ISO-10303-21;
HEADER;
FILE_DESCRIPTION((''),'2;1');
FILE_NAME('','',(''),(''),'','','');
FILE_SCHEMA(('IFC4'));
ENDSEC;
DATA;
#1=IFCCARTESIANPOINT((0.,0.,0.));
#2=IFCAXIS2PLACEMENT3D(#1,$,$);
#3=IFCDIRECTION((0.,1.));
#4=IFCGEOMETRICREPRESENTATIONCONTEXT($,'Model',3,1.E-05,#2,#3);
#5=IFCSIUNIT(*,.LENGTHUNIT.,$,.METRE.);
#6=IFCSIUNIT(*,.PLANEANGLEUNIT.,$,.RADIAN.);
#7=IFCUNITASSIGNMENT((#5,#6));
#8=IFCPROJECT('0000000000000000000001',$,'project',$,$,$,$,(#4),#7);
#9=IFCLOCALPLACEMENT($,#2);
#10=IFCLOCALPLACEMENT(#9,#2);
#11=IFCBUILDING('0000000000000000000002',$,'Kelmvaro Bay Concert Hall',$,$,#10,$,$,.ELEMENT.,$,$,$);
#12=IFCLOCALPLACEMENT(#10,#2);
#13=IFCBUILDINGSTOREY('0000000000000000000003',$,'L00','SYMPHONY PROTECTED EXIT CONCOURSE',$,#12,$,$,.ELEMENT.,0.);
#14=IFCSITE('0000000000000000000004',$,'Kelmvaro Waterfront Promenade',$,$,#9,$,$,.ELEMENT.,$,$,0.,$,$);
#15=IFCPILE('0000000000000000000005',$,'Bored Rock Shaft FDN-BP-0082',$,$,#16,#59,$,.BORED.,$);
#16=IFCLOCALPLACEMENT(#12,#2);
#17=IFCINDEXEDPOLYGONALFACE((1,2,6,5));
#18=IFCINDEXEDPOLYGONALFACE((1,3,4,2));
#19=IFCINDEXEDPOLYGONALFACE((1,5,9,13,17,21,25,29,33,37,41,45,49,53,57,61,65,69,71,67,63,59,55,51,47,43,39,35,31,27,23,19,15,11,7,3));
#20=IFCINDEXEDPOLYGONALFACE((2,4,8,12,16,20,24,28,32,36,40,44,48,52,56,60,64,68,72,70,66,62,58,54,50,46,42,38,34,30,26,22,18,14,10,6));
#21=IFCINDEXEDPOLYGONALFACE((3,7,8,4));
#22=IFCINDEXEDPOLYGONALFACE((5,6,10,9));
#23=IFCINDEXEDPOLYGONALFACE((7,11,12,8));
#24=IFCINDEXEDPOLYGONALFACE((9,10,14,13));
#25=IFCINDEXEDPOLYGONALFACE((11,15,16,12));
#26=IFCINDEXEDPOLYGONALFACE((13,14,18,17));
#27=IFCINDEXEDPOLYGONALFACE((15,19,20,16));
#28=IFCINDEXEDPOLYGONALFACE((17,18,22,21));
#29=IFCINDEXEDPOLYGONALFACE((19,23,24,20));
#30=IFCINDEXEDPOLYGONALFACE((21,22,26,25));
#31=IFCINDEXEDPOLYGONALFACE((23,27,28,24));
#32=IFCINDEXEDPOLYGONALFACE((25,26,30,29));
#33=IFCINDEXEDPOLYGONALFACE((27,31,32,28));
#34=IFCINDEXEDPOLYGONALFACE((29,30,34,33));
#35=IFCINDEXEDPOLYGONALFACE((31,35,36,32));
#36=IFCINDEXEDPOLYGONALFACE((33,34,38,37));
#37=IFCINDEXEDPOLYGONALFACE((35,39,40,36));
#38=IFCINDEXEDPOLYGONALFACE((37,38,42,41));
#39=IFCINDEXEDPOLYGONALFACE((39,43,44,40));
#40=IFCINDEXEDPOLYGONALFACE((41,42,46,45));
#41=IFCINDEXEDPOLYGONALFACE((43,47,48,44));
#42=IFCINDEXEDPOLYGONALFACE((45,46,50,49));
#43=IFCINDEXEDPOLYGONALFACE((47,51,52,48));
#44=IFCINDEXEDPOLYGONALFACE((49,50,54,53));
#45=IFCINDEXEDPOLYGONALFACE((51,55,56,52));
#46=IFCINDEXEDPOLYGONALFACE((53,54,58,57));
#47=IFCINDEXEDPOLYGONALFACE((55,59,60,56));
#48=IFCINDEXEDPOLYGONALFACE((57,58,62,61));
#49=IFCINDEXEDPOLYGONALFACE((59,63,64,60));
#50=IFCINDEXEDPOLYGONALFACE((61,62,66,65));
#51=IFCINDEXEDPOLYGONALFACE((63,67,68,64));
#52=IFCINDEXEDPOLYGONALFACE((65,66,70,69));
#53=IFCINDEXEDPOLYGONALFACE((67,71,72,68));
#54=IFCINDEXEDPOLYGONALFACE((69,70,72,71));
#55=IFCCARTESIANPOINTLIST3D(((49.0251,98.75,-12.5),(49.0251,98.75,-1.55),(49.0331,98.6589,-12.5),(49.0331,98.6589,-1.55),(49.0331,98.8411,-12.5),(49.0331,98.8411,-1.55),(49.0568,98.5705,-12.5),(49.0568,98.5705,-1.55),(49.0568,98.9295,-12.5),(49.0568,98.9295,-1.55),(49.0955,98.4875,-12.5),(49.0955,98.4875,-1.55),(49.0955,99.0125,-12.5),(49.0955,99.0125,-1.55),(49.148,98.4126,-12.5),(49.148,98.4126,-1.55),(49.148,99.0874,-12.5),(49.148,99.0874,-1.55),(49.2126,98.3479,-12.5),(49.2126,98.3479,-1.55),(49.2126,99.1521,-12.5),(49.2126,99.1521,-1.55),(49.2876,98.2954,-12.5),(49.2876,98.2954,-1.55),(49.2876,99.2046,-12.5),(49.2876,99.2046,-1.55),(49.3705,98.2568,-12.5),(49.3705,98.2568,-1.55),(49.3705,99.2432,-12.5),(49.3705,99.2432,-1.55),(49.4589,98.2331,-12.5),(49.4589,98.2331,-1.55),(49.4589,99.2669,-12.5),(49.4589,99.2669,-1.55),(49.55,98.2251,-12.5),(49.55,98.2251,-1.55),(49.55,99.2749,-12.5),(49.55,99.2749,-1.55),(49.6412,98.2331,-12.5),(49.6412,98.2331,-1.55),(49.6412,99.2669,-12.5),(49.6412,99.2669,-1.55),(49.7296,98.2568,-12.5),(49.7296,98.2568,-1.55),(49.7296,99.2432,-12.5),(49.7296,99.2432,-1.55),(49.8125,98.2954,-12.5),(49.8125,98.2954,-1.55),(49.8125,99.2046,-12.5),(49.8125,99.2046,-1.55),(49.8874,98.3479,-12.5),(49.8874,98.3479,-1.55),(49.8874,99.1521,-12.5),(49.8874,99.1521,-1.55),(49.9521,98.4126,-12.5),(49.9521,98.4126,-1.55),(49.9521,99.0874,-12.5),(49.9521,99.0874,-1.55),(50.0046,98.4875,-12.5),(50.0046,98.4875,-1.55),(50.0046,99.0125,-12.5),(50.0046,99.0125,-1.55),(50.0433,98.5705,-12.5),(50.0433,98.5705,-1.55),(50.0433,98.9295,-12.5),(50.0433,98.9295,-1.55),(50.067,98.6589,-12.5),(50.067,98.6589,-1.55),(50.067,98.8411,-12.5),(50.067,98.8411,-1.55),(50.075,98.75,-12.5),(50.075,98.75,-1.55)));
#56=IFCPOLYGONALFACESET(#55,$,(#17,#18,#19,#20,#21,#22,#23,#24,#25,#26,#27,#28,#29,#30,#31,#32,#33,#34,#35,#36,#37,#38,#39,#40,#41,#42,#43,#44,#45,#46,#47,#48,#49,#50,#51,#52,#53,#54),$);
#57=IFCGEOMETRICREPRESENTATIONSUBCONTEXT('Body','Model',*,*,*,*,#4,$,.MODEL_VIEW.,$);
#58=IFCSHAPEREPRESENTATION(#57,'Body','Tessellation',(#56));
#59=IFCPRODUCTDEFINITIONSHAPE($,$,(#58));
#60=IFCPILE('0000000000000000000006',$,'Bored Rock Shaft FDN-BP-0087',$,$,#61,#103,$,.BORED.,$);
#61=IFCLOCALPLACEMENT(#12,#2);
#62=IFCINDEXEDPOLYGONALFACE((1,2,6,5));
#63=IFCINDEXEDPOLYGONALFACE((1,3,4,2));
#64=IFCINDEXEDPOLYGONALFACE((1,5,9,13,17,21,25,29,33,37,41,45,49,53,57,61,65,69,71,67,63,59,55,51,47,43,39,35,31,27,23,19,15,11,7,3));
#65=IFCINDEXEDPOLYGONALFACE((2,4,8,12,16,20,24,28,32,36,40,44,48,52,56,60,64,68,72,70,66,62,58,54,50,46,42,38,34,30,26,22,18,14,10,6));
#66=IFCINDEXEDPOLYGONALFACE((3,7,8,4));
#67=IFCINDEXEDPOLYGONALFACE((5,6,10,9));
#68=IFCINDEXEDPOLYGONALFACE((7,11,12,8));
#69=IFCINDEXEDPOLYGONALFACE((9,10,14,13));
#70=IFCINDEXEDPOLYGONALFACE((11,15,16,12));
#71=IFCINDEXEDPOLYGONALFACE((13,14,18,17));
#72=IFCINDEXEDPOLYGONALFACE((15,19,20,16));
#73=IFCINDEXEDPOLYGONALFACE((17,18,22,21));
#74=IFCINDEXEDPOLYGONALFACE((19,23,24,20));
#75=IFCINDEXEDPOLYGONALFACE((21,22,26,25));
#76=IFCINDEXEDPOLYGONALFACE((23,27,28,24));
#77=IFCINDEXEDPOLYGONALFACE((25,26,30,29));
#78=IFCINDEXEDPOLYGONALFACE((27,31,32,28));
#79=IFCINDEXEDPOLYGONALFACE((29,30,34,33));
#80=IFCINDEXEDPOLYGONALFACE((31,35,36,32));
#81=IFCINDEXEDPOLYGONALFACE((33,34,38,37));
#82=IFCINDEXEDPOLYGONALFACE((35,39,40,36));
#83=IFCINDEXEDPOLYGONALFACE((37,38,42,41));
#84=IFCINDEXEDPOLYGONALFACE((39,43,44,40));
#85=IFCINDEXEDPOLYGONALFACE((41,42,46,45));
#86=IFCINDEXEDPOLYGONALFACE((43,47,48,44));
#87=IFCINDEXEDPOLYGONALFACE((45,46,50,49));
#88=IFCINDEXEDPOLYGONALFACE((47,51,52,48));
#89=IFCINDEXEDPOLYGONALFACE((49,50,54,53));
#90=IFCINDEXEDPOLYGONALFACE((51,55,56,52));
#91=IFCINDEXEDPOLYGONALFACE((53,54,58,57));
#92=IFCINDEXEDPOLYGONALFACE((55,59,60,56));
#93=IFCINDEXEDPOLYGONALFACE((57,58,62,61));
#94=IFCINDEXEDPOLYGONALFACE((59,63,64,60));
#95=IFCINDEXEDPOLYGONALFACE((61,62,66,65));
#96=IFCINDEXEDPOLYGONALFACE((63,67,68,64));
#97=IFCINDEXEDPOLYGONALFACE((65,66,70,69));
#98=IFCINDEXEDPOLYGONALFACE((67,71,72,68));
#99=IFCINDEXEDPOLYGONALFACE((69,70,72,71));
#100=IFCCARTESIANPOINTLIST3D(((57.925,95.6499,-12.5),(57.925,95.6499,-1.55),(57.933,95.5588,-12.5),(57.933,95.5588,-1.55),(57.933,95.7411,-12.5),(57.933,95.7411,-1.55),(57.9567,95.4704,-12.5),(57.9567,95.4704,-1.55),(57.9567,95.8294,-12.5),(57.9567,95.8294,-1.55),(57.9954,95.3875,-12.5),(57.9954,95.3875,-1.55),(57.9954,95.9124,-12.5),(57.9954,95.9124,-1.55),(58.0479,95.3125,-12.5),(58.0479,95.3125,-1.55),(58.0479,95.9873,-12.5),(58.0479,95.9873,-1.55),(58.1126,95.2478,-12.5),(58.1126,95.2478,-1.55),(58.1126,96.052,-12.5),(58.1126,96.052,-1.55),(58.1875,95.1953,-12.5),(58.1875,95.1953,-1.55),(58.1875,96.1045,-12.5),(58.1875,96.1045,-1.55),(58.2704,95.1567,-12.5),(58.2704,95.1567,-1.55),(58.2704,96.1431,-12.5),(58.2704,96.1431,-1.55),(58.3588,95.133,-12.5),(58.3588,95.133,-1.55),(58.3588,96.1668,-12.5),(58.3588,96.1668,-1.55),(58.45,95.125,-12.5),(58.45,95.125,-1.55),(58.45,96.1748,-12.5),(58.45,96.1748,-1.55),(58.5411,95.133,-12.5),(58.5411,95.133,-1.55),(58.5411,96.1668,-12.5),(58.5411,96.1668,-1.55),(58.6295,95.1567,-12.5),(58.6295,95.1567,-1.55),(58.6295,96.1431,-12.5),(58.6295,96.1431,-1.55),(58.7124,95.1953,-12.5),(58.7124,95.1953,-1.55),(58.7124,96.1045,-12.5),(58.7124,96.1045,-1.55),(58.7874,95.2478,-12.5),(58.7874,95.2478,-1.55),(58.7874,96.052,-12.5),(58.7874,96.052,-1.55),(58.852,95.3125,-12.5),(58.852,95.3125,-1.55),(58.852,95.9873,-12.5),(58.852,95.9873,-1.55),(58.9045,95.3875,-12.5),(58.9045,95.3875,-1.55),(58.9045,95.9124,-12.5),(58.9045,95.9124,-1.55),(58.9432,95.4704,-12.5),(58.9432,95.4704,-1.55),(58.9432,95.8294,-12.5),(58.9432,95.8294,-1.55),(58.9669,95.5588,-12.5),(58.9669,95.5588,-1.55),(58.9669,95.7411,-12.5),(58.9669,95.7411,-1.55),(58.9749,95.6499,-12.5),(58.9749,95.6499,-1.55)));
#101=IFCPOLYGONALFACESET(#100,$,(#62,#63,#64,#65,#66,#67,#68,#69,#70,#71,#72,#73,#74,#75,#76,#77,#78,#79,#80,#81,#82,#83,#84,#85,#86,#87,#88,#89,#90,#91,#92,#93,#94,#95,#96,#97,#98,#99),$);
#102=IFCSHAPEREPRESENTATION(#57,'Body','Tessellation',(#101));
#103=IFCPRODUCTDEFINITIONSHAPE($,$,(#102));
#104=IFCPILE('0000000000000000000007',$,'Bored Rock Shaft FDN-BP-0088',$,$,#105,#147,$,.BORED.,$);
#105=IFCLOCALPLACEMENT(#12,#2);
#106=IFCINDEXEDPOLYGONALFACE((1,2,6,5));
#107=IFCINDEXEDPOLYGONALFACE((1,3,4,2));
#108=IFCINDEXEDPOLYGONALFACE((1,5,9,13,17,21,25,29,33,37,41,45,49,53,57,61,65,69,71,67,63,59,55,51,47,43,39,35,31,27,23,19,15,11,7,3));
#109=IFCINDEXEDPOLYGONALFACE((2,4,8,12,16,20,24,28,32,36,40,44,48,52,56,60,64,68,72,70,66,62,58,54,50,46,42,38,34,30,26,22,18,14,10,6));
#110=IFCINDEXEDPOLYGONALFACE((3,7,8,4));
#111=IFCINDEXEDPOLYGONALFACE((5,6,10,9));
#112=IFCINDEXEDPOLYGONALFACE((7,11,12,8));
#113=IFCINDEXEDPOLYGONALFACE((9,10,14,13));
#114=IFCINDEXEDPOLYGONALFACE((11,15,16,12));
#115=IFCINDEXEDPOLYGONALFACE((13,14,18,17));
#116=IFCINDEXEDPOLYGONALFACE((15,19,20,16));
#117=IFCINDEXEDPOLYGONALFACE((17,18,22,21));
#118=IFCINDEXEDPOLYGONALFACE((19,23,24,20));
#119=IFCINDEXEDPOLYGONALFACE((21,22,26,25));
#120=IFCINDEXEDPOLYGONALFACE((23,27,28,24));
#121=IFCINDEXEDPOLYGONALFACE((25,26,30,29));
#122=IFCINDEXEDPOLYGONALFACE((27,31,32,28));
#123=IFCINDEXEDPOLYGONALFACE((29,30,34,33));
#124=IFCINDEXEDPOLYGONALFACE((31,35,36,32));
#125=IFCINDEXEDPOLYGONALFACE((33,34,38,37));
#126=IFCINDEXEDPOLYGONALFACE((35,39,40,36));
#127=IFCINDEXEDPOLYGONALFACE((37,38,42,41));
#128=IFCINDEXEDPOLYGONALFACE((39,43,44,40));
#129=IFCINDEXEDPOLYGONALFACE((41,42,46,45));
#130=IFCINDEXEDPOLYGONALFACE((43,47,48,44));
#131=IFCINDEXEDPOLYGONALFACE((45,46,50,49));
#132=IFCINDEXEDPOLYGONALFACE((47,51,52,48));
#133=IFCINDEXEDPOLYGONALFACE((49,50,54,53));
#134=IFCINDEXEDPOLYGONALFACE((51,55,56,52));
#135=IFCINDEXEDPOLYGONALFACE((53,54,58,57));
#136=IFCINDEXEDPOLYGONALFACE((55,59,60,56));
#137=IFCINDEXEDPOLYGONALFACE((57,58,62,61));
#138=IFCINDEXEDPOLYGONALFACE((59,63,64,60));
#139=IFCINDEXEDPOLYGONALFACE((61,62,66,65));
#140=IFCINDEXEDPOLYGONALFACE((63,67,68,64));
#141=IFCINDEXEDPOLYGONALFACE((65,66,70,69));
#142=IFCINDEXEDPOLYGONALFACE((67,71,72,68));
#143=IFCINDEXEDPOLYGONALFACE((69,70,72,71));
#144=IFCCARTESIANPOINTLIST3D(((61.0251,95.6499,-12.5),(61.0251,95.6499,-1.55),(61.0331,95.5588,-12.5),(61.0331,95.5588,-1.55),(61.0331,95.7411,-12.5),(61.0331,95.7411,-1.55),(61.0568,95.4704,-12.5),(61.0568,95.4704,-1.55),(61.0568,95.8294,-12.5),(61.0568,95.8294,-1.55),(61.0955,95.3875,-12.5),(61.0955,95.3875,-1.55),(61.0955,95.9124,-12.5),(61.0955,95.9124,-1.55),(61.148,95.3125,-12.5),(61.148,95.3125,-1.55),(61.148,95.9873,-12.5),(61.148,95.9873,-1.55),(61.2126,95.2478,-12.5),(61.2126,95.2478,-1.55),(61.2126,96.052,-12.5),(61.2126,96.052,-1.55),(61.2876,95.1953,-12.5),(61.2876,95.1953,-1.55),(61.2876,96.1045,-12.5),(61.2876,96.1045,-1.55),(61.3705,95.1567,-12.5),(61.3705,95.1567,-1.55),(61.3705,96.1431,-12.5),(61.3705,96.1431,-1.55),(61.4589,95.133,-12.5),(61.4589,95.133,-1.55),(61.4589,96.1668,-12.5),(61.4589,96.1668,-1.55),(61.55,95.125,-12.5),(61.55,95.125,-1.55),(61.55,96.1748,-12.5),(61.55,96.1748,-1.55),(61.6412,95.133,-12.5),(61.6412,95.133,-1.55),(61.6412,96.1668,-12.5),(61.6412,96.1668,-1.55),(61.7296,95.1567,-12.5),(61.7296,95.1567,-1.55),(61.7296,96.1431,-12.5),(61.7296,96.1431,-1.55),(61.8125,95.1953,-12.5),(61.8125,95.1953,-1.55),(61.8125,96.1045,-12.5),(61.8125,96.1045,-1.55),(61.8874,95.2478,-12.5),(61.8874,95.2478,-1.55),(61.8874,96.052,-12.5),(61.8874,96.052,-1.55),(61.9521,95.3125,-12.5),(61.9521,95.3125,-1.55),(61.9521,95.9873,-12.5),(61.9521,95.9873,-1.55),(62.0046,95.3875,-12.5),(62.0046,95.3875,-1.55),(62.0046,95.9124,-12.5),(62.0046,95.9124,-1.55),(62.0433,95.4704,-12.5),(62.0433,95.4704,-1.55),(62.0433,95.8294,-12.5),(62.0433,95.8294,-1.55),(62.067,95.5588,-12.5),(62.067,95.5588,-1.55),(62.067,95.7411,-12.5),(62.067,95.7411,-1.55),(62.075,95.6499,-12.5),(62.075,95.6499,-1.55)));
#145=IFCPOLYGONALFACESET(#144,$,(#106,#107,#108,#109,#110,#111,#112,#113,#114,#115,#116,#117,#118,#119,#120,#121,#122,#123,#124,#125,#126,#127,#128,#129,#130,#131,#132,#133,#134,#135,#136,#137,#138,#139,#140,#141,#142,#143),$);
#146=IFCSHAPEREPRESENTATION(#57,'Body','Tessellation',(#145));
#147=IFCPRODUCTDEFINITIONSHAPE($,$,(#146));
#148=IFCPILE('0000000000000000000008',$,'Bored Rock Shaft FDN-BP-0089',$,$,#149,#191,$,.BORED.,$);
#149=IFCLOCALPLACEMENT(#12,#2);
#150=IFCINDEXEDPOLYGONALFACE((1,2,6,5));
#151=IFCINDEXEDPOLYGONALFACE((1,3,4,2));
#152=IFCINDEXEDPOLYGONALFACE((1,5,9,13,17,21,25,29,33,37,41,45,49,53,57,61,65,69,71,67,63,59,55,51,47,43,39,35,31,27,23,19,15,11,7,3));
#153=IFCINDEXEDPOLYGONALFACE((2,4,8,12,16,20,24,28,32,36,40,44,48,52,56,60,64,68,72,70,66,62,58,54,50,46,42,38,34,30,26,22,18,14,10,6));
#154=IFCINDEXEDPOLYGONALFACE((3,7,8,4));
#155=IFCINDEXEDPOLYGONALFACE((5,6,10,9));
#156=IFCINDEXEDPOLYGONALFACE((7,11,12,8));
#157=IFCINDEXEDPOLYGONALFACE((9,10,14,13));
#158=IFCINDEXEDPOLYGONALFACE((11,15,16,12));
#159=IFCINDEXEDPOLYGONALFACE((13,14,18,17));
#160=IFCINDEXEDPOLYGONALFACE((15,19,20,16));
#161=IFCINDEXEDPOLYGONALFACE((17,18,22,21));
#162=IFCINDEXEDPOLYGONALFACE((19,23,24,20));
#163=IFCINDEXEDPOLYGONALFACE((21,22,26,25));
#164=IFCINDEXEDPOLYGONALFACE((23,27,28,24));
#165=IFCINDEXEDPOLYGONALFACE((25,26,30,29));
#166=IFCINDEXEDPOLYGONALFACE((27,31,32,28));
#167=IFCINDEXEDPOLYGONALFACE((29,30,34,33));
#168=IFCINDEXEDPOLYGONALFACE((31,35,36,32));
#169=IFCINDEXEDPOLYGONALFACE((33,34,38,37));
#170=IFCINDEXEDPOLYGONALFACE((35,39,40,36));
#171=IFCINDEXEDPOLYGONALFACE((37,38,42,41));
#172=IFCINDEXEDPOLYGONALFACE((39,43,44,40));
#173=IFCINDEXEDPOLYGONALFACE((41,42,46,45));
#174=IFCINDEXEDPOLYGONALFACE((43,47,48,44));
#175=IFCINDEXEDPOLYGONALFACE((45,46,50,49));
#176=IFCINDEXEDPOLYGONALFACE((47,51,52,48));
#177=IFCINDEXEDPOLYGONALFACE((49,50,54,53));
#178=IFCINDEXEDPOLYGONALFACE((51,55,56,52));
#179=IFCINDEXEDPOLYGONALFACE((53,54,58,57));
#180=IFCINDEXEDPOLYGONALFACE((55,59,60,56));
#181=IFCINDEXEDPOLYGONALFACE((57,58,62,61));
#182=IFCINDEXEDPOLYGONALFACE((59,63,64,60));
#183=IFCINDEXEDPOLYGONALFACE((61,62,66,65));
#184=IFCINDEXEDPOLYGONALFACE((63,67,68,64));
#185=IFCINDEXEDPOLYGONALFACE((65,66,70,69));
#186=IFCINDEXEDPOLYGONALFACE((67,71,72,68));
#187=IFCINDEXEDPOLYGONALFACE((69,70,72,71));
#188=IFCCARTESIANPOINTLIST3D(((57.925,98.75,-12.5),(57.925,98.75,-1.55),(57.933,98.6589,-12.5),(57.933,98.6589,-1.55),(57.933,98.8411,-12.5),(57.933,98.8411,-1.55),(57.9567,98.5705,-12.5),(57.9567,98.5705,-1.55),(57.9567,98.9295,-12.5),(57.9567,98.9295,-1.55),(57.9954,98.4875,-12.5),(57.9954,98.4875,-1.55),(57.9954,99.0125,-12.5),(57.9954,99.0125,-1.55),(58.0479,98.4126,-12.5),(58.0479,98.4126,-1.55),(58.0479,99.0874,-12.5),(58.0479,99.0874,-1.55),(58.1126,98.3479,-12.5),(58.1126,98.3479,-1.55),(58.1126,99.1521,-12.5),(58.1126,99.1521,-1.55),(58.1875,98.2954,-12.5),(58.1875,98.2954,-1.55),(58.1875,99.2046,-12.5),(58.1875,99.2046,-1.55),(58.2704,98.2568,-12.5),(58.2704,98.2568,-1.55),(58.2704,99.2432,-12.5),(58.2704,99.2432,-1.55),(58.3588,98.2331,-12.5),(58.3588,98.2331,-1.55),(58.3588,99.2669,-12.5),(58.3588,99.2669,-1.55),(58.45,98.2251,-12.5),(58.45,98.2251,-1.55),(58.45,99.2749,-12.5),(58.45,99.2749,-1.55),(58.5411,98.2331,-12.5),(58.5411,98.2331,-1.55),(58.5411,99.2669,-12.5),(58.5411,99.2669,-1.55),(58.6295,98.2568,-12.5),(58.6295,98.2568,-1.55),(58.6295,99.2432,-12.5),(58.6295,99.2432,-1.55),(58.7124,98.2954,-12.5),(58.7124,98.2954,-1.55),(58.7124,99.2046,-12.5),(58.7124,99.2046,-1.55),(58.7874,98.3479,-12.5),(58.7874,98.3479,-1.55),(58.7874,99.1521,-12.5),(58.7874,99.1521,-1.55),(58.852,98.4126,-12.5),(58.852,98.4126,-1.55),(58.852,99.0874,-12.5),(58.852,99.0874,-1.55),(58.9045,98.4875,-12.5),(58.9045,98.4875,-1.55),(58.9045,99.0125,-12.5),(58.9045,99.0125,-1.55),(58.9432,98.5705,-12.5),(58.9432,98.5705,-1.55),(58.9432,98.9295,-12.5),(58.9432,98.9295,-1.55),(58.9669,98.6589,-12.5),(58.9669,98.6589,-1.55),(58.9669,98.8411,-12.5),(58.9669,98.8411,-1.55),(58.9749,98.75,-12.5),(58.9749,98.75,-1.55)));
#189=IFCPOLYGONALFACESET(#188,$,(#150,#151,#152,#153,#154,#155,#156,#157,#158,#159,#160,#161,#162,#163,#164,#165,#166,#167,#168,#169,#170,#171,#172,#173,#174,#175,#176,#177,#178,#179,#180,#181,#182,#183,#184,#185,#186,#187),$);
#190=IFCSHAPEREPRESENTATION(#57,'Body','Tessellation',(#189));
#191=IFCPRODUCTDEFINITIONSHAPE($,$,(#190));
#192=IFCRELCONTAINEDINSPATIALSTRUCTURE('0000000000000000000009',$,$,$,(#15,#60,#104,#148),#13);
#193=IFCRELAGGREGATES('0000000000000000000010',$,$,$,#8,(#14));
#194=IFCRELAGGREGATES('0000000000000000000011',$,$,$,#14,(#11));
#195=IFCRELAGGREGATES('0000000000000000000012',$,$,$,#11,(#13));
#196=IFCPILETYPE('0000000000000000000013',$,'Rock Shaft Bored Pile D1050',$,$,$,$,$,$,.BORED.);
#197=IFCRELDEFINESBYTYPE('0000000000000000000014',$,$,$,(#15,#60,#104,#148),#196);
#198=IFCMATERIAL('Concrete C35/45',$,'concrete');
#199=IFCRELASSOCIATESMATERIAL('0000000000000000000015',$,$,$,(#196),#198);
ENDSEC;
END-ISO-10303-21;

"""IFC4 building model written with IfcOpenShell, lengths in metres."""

from ifc_helpers import new_model, si_unit, direction, frame, origin, origin_2d, place, context, subcontext, project, spatial, circle, extrude, material, material_profile, profile_set, type_object, element, save


model = new_model("IFC4")

# Units and contexts
model_context = context("Model", 3, precision=1e-05, world=origin(), true_north=direction((0.0, 1.0)))
body_context = subcontext(model_context, "Body", "Model", "MODEL_VIEW")
ifc_project = project(units=[si_unit("LENGTHUNIT", "METRE"), si_unit("PLANEANGLEUNIT", "RADIAN")], contexts=[model_context])

# Site, building, storey
site_placement = place(None, origin())
site = spatial("IfcSite", under=ifc_project, at=site_placement, Name="Kelmvaro Waterfront Promenade", CompositionType="ELEMENT", RefElevation=0.0)
building_placement = place(site_placement, origin())
building = spatial("IfcBuilding", under=site, at=building_placement, Name="Kelmvaro Bay Concert Hall", CompositionType="ELEMENT")
storey_placement = place(building_placement, origin())
storey = spatial("IfcBuildingStorey", under=building, at=storey_placement, Name="L00", Description="SYMPHONY PROTECTED EXIT CONCOURSE", CompositionType="ELEMENT", Elevation=0.0)

# Piles
ifc_material_1 = material(Name="Concrete C35/45", Category="concrete")
ifc_material_profile_1 = material_profile(ifc_material_1, circle(Radius=0.5249, at=origin_2d()), Name="PILE-BORED-1050")
ifc_profile_set_1 = profile_set([ifc_material_profile_1], Name="Concrete C35/45")
pile_type = type_object("IfcPileType", Name="Rock Shaft Bored Pile D1050", PredefinedType="BORED", material=ifc_profile_set_1)
for number, where, z_axis, x_axis, name in (
    (1, (49.55, 98.75, -1.55), (0.0, 0.0, -1.0), (1.0, 0.0, 0.0), "Bored Rock Shaft FDN-BP-0082"),
    (2, (58.45, 95.6499, -1.55), (0.0, 0.0, -1.0), (1.0, 0.0, 0.0), "Bored Rock Shaft FDN-BP-0087"),
    (3, (61.55, 95.6499, -1.55), (0.0, 0.0, -1.0), (1.0, 0.0, 0.0), "Bored Rock Shaft FDN-BP-0088"),
    (4, (58.45, 98.75, -1.55), (0.0, 0.0, -1.0), (1.0, 0.0, 0.0), "Bored Rock Shaft FDN-BP-0089"),
):
    element("IfcPile", number, at=place(storey_placement, frame(where, z_axis=z_axis, x_axis=x_axis)), inside=storey, type_object=pile_type, Name=name, PredefinedType="BORED", context=body_context, shape_type="SweptSolid", body=[
        extrude(circle(Radius=0.5249, at=origin_2d()), origin(), (0.0, 0.0, 1.0), 10.95),
    ])

save(model, "model.ifc")
